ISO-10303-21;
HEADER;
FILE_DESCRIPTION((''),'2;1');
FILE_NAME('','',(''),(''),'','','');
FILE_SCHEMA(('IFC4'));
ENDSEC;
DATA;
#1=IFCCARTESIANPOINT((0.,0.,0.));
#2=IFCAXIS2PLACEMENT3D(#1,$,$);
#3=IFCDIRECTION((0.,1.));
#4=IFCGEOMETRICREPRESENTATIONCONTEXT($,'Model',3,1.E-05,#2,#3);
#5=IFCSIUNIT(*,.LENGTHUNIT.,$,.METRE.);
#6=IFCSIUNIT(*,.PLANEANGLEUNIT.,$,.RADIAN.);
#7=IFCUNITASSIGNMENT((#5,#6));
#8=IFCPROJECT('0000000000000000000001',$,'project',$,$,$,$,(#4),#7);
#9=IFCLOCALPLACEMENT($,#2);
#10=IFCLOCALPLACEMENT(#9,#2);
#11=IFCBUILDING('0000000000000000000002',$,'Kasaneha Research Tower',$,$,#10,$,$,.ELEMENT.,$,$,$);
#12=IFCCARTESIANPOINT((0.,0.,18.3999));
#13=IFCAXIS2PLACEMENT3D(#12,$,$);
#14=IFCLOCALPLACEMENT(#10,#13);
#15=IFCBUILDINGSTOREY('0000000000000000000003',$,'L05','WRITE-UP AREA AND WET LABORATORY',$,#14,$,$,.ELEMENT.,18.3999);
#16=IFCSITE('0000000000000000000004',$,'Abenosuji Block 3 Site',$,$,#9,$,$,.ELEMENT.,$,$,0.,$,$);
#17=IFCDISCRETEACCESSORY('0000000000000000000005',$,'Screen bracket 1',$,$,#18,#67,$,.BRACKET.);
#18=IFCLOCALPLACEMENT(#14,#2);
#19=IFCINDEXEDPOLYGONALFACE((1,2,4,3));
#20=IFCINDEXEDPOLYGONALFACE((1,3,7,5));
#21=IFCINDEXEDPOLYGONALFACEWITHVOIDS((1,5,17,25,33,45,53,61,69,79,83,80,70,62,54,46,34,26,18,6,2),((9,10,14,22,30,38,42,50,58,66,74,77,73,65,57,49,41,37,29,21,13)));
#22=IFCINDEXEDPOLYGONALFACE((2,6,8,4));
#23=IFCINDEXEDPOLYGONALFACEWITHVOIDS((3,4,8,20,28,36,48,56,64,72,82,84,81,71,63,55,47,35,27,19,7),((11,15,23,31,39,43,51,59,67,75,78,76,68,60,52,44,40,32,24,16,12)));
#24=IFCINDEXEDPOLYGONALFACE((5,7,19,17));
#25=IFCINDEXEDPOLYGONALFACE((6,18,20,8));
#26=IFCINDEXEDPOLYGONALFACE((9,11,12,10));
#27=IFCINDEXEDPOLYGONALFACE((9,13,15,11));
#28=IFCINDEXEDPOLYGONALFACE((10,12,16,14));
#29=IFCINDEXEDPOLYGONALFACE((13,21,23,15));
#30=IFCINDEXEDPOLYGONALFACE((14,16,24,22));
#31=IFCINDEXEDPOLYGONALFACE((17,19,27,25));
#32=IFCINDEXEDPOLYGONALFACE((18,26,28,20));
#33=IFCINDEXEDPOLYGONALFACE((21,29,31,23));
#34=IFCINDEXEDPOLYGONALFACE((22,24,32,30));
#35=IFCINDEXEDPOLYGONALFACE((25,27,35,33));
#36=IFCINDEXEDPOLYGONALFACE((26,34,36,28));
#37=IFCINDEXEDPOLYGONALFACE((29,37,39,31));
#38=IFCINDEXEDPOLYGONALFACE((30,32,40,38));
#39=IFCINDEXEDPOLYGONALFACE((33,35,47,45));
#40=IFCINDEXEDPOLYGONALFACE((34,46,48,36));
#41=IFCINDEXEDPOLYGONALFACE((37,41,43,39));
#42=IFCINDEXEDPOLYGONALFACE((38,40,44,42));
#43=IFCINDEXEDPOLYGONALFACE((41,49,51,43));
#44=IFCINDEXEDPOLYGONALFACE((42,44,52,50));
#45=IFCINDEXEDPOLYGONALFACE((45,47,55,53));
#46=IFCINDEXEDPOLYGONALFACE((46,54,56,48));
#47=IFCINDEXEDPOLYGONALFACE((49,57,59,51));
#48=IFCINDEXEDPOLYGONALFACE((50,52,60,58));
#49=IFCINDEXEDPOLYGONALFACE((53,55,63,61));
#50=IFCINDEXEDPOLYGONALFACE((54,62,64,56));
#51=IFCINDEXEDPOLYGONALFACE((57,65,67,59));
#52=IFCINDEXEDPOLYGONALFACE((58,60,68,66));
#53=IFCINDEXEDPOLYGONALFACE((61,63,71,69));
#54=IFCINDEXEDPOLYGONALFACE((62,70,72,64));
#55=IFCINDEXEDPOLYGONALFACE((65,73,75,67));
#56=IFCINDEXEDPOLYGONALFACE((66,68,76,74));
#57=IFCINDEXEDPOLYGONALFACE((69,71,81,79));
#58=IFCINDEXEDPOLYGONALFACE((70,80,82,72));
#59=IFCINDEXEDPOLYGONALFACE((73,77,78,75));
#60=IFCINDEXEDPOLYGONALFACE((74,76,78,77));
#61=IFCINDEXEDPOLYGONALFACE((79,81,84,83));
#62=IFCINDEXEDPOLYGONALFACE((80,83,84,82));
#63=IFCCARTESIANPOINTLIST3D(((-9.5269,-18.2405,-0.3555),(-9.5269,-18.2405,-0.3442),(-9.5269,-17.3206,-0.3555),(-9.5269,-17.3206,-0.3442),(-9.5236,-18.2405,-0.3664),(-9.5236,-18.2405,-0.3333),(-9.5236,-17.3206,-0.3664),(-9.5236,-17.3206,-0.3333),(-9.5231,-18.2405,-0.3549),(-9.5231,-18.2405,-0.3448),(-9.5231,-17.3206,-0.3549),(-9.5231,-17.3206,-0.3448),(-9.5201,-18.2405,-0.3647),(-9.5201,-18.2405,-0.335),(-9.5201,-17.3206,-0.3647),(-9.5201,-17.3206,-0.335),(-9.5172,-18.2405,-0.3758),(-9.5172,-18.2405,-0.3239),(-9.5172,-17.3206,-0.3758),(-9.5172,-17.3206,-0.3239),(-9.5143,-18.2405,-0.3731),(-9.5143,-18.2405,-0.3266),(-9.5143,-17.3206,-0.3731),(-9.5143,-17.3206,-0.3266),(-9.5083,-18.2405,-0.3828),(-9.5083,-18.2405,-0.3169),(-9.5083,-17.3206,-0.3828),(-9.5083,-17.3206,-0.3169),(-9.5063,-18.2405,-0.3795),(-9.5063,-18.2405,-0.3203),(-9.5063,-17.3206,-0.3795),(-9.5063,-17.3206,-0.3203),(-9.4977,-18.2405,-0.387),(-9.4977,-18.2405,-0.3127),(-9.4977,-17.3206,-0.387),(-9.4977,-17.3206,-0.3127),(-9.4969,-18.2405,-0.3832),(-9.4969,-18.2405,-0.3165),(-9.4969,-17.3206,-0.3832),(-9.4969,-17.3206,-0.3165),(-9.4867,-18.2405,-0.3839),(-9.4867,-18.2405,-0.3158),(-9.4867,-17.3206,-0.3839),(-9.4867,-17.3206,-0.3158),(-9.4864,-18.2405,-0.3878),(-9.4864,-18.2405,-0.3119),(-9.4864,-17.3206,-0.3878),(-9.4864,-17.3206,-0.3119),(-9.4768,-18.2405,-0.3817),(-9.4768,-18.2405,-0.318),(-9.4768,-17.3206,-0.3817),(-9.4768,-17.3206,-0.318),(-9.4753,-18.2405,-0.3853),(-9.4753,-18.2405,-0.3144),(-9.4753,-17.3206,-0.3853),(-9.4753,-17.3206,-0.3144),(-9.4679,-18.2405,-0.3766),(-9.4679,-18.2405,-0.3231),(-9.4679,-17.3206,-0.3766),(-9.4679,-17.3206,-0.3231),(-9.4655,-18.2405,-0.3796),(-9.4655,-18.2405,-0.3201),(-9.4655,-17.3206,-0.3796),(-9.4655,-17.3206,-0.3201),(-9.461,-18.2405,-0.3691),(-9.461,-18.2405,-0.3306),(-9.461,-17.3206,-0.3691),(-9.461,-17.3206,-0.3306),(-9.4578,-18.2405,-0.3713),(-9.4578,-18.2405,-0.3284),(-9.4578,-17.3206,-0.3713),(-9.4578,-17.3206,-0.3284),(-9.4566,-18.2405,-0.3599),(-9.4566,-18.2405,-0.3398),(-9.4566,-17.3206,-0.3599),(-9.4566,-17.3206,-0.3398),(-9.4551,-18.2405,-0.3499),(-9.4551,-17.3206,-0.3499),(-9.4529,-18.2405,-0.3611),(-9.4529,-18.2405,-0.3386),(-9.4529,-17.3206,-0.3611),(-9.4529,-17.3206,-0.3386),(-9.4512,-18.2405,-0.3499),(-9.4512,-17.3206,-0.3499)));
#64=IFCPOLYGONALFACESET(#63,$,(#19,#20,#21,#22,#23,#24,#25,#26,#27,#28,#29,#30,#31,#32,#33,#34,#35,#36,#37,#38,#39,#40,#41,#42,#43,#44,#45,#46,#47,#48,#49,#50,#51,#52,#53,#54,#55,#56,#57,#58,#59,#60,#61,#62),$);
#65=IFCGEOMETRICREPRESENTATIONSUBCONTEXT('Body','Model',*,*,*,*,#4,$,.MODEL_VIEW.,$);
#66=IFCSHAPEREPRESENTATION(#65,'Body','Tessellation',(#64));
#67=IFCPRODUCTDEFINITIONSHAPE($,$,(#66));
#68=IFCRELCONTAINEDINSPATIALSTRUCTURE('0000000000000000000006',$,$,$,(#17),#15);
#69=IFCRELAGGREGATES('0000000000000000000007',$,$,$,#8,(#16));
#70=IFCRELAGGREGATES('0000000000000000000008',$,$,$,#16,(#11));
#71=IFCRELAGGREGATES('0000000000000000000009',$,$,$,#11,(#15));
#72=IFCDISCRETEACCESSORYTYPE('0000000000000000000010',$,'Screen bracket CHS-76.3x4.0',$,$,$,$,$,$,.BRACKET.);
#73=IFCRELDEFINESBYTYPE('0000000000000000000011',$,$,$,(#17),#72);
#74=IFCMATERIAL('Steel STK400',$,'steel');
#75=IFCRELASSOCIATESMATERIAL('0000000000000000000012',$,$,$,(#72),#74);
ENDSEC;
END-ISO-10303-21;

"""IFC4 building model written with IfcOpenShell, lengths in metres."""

from ifc_helpers import new_model, si_unit, direction, frame, origin, origin_2d, place, context, subcontext, project, spatial, hollow_circle, extrude, material, material_profile, profile_set, type_object, element, save


model = new_model("IFC4")

# Units and contexts
model_context = context("Model", 3, precision=1e-05, world=origin(), true_north=direction((0.0, 1.0)))
body_context = subcontext(model_context, "Body", "Model", "MODEL_VIEW")
ifc_project = project(units=[si_unit("LENGTHUNIT", "METRE"), si_unit("PLANEANGLEUNIT", "RADIAN")], contexts=[model_context])

# Site, building, storey
site_placement = place(None, origin())
site = spatial("IfcSite", under=ifc_project, at=site_placement, Name="Abenosuji Block 3 Site", CompositionType="ELEMENT", RefElevation=0.0)
building_placement = place(site_placement, origin())
building = spatial("IfcBuilding", under=site, at=building_placement, Name="Kasaneha Research Tower", CompositionType="ELEMENT")
storey_placement = place(building_placement, frame((0.0, 0.0, 18.3999)))
storey = spatial("IfcBuildingStorey", under=building, at=storey_placement, Name="L05", Description="WRITE-UP AREA AND WET LABORATORY", CompositionType="ELEMENT", Elevation=18.3999)

# Discrete accessory
ifc_material_1 = material(Name="Steel STK400", Category="steel")
ifc_material_profile_1 = material_profile(ifc_material_1, hollow_circle(Radius=0.0381, WallThickness=0.0039, at=origin_2d()), Name="CHS-76.3x4.0")
ifc_profile_set_1 = profile_set([ifc_material_profile_1], Name="Steel STK400")
discrete_accessory_type = type_object("IfcDiscreteAccessoryType", Name="Screen bracket CHS-76.3x4.0", PredefinedType="BRACKET", material=ifc_profile_set_1)
discrete_accessory_placement = place(storey_placement, frame((-9.4893, -17.3206, -0.3499), z_axis=(0.0, -1.0, 0.0), x_axis=(1.0, 0.0, 0.0)))
element("IfcDiscreteAccessory", 1, at=discrete_accessory_placement, inside=storey, type_object=discrete_accessory_type, Name="Screen bracket 1", PredefinedType="BRACKET", context=body_context, shape_type="SweptSolid", body=[
    extrude(hollow_circle(Radius=0.0381, WallThickness=0.0039, at=origin_2d()), origin(), (0.0, 0.0, 1.0), 0.9199),
])

save(model, "model.ifc")
